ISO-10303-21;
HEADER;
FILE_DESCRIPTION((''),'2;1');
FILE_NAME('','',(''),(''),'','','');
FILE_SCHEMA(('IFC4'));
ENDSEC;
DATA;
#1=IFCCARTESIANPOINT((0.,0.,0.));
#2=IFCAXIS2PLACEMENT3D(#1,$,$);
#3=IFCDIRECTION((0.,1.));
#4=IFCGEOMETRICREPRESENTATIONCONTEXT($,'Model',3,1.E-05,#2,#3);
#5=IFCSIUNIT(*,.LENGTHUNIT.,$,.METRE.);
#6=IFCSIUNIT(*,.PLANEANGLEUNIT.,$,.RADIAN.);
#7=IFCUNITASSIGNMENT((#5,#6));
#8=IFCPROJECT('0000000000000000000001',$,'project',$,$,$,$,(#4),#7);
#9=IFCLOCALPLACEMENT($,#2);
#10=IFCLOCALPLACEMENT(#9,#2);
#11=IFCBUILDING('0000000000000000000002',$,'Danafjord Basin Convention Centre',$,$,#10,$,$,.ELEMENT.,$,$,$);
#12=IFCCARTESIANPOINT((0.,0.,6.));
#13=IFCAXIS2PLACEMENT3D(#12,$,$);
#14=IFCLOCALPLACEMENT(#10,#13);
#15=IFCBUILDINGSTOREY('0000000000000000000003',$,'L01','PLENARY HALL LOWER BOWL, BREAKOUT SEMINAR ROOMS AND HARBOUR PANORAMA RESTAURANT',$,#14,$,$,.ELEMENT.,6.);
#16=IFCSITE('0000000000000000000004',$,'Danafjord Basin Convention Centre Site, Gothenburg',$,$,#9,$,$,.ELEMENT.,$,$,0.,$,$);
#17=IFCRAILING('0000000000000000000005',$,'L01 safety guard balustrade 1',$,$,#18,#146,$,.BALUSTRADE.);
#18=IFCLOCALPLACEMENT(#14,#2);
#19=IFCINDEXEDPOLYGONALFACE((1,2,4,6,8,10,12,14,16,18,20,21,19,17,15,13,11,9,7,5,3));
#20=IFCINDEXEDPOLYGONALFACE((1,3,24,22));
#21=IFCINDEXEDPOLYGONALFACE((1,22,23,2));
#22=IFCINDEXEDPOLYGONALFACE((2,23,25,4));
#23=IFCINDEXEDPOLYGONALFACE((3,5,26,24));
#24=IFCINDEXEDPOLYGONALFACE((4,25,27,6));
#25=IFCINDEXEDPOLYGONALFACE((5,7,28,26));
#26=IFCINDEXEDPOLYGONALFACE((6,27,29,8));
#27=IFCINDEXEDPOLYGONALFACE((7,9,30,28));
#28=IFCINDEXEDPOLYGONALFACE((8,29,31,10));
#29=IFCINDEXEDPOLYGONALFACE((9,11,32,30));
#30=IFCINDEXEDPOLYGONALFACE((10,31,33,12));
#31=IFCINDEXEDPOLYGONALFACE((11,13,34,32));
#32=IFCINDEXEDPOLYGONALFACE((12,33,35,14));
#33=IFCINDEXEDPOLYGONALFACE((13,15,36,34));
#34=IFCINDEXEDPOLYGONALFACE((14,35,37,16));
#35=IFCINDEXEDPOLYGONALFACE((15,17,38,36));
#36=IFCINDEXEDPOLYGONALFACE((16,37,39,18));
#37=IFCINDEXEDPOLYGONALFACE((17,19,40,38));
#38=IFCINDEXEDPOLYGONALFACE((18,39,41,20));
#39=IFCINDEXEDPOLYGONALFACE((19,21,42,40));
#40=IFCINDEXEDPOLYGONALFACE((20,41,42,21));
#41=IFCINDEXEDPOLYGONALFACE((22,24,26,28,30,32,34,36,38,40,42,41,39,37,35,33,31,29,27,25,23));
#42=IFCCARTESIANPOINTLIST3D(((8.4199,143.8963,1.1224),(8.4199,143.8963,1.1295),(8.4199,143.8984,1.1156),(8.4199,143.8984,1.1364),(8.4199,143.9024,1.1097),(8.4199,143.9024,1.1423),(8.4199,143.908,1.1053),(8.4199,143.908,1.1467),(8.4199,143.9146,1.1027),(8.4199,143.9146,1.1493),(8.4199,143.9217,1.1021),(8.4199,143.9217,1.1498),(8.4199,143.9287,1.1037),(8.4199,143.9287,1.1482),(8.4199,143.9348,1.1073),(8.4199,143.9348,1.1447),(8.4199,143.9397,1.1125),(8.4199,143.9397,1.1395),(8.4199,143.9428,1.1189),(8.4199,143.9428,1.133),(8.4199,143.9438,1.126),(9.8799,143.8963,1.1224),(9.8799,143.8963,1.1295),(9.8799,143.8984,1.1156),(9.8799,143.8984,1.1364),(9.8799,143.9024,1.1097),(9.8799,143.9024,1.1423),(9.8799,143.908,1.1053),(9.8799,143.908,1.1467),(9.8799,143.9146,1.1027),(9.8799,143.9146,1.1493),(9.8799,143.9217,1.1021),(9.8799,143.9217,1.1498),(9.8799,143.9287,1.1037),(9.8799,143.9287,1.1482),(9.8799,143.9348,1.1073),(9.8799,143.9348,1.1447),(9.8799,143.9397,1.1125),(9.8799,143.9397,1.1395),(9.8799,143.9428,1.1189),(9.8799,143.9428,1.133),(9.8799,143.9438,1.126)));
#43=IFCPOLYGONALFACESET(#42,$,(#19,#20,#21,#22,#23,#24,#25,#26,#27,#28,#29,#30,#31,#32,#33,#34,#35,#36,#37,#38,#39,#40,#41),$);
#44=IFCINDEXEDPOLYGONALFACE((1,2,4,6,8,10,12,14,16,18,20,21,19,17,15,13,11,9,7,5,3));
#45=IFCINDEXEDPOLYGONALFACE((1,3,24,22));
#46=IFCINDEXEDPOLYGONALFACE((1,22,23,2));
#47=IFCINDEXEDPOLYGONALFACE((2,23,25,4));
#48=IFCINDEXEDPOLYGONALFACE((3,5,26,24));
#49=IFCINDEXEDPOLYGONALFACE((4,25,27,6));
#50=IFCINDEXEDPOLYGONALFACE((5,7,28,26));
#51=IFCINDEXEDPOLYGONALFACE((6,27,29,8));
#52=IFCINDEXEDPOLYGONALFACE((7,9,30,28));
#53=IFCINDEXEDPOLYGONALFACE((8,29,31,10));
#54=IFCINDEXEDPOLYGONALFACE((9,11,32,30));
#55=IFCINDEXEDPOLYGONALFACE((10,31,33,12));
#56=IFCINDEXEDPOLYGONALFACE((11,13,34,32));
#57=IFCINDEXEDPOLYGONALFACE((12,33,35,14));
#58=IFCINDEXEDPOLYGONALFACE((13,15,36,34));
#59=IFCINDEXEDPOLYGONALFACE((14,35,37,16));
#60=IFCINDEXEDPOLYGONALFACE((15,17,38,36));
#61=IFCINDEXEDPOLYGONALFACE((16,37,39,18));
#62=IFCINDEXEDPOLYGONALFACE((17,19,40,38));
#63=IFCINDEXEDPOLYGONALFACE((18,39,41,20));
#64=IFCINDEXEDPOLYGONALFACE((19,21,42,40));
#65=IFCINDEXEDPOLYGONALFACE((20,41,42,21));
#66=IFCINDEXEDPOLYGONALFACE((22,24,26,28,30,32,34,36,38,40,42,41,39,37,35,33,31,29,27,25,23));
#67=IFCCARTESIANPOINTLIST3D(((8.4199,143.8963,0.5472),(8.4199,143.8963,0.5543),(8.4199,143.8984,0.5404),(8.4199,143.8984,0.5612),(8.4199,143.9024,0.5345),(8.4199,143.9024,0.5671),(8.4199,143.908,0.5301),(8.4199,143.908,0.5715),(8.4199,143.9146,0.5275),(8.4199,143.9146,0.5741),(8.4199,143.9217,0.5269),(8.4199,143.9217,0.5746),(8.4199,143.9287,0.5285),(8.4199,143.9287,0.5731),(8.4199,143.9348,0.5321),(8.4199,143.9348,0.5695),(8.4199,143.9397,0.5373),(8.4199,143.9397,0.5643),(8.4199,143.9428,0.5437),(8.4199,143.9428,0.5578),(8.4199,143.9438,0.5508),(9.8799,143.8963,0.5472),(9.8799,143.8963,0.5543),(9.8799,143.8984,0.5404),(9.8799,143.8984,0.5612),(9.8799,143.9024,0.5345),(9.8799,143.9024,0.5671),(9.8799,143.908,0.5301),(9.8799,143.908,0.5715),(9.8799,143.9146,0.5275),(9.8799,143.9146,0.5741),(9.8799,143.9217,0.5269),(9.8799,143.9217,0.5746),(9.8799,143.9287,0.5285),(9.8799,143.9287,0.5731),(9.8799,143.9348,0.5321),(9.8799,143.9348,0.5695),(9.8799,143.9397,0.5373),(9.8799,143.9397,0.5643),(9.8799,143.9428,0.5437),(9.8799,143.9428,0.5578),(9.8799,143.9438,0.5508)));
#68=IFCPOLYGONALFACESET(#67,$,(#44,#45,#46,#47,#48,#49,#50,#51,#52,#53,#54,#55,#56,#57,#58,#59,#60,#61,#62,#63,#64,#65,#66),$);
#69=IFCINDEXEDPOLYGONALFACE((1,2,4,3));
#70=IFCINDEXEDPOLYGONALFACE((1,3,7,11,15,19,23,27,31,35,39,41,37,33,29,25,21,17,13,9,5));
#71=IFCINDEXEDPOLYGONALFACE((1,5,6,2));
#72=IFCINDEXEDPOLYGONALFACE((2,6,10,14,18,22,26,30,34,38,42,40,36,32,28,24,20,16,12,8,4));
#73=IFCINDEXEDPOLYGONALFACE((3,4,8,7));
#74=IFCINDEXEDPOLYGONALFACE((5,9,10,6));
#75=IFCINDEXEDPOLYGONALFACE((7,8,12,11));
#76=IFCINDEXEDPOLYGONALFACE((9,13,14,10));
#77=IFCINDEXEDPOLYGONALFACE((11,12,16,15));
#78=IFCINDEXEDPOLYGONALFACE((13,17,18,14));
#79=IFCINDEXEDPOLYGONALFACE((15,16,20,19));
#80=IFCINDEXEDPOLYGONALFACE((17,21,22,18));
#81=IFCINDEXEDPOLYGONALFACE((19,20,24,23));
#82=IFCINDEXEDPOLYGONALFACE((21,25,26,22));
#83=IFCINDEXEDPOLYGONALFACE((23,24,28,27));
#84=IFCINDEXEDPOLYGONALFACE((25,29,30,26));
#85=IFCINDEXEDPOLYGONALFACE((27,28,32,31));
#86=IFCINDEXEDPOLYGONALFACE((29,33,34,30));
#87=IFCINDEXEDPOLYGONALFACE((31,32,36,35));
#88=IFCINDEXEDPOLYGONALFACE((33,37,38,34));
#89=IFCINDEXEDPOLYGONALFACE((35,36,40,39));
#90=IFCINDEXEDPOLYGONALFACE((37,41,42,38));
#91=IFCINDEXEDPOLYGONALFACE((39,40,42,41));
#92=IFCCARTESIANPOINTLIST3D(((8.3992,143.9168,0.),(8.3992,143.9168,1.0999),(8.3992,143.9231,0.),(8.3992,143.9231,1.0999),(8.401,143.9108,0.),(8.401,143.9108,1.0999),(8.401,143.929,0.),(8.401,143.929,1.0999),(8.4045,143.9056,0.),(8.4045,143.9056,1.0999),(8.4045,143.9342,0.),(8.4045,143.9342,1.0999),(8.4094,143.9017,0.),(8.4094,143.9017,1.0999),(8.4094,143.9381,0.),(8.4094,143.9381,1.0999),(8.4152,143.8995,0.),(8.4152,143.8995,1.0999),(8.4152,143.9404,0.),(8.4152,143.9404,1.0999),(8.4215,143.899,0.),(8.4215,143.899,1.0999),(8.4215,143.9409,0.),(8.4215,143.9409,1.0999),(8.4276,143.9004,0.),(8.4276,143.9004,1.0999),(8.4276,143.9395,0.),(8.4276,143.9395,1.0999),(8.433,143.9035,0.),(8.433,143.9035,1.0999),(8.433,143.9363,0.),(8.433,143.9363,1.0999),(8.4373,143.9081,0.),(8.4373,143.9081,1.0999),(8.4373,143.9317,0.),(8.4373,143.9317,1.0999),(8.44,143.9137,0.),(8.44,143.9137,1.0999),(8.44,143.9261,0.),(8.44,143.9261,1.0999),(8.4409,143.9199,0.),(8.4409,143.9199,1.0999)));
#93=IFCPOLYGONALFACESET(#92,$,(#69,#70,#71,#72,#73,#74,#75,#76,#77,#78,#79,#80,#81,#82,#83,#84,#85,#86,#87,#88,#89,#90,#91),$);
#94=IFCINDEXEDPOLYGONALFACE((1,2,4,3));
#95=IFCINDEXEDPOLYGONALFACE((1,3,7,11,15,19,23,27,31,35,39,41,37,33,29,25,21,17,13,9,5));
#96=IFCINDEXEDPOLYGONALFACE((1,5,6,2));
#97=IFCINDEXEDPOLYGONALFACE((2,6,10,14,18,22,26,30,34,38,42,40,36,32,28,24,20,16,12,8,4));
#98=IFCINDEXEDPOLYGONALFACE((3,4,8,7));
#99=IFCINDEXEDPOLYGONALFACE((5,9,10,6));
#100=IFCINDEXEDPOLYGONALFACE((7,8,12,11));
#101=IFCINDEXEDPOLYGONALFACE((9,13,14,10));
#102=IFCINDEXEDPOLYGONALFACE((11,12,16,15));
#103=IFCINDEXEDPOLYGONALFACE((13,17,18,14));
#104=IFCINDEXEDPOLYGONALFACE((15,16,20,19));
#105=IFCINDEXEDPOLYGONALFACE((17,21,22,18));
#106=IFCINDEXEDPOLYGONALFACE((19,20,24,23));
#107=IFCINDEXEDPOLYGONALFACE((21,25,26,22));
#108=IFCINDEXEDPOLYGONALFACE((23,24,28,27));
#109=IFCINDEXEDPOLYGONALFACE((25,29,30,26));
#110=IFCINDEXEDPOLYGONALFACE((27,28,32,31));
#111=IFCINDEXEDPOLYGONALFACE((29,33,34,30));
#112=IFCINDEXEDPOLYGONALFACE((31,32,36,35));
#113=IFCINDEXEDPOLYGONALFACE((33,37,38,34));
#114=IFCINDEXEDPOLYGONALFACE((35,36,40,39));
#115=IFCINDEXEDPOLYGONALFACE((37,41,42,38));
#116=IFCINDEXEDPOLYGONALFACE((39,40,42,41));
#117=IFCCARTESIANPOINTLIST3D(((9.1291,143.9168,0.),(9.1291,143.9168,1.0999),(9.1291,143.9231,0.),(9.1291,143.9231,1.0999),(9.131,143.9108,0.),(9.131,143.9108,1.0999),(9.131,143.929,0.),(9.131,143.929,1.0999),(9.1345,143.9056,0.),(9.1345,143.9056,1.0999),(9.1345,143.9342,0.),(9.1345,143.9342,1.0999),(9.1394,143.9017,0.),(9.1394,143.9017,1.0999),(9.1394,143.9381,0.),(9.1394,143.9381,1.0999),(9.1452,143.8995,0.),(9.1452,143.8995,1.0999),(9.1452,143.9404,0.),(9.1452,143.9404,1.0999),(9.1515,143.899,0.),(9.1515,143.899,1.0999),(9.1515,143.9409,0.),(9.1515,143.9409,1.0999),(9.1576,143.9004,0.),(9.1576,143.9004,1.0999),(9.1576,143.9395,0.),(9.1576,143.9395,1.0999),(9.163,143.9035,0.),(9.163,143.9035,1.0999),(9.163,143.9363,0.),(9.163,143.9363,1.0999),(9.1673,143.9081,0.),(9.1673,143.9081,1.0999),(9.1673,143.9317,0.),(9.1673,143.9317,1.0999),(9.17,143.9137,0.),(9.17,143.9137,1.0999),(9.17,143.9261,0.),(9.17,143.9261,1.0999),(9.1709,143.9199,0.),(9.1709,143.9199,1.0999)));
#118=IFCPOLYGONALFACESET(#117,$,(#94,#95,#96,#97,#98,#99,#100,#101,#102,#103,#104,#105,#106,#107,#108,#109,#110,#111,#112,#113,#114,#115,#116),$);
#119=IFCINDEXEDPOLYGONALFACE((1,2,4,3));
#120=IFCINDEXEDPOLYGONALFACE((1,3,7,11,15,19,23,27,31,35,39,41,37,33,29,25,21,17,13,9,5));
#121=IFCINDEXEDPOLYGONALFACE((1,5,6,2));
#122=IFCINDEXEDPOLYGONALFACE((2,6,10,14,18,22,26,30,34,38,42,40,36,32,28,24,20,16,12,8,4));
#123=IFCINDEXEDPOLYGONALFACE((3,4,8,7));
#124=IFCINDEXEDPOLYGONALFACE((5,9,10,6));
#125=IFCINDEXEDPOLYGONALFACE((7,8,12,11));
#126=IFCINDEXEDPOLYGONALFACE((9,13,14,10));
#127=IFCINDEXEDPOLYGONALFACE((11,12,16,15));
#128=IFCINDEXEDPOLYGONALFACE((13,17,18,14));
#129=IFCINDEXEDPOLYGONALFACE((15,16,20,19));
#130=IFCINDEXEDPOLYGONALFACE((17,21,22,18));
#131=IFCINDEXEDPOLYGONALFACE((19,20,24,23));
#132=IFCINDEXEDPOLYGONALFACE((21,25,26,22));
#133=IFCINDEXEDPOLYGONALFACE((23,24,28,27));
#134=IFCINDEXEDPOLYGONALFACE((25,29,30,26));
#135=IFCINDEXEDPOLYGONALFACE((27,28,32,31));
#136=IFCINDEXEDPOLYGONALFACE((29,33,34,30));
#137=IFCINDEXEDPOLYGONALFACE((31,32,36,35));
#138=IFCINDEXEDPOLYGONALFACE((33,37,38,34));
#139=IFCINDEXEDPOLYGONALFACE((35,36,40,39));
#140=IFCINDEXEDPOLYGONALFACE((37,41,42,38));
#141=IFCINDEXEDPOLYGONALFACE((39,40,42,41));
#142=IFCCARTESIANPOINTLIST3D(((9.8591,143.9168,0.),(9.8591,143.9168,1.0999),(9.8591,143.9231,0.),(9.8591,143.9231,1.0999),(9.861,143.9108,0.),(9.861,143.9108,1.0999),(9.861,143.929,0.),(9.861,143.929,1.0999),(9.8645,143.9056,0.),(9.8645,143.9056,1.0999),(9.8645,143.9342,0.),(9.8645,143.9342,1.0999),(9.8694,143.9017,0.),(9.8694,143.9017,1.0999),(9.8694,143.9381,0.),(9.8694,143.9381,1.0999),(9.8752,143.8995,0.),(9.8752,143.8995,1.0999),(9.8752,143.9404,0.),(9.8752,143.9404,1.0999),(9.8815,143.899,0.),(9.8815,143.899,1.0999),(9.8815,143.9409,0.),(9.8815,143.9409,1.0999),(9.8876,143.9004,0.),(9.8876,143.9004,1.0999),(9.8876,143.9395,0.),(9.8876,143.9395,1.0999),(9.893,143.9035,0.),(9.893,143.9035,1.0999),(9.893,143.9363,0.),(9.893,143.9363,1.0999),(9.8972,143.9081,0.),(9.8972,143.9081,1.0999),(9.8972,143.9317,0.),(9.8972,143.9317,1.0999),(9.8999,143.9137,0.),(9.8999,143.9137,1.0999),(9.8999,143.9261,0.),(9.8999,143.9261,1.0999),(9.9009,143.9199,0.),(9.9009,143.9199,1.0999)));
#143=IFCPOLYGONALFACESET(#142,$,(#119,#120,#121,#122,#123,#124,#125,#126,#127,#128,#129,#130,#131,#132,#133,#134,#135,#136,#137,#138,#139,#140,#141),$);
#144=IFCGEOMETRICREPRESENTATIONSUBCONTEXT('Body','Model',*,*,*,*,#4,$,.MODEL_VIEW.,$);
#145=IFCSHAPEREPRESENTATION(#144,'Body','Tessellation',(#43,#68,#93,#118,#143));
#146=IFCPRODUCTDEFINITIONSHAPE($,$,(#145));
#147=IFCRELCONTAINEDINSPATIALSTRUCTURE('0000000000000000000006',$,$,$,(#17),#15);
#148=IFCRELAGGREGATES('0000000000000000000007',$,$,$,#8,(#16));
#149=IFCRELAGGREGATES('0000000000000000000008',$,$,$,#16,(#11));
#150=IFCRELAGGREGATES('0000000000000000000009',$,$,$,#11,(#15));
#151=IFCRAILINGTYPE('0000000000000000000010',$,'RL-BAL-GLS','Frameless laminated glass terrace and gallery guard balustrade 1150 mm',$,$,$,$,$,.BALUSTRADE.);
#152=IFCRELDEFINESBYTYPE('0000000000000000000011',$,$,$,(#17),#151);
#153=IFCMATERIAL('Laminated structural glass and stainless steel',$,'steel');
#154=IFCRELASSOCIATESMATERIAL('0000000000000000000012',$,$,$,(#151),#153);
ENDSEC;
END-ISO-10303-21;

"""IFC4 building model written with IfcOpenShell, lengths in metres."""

from ifc_helpers import new_model, si_unit, direction, frame, origin, origin_2d, place, context, subcontext, project, spatial, circle, extrude, material, type_object, element, save


model = new_model("IFC4")

# Units and contexts
model_context = context("Model", 3, precision=1e-05, world=origin(), true_north=direction((0.0, 1.0)))
body_context = subcontext(model_context, "Body", "Model", "MODEL_VIEW")
ifc_project = project(units=[si_unit("LENGTHUNIT", "METRE"), si_unit("PLANEANGLEUNIT", "RADIAN")], contexts=[model_context])

# Site, building, storey
site_placement = place(None, origin())
site = spatial("IfcSite", under=ifc_project, at=site_placement, Name="Danafjord Basin Convention Centre Site, Gothenburg", CompositionType="ELEMENT", RefElevation=0.0)
building_placement = place(site_placement, origin())
building = spatial("IfcBuilding", under=site, at=building_placement, Name="Danafjord Basin Convention Centre", CompositionType="ELEMENT")
storey_placement = place(building_placement, frame((0.0, 0.0, 6.0)))
storey = spatial("IfcBuildingStorey", under=building, at=storey_placement, Name="L01", Description="PLENARY HALL LOWER BOWL, BREAKOUT SEMINAR ROOMS AND HARBOUR PANORAMA RESTAURANT", CompositionType="ELEMENT", Elevation=6.0)

# Railing
ifc_material_1 = material(Name="Laminated structural glass and stainless steel", Category="steel")
railing_type = type_object("IfcRailingType", Name="RL-BAL-GLS", Description="Frameless laminated glass terrace and gallery guard balustrade 1150 mm", PredefinedType="BALUSTRADE", material=ifc_material_1)
for number, where, name in (
    (1, (8.4199, 143.9199, 0.0), "L01 safety guard balustrade 1"),
):
    element("IfcRailing", number, at=place(storey_placement, frame(where)), inside=storey, type_object=railing_type, Name=name, PredefinedType="BALUSTRADE", context=body_context, shape_type="SweptSolid", body=[
        extrude(circle(Radius=0.0239, at=origin_2d()), frame((0.0, 0.0, 1.126), z_axis=(1.0, 0.0, 0.0), x_axis=(0.0, 1.0, 0.0)), (0.0, 0.0, 1.0), 1.46),
        extrude(circle(Radius=0.0239, at=origin_2d()), frame((0.0, 0.0, 0.5508), z_axis=(1.0, 0.0, 0.0), x_axis=(0.0, 1.0, 0.0)), (0.0, 0.0, 1.0), 1.46),
        extrude(circle(Radius=0.021, at=origin_2d()), origin(), (0.0, 0.0, 1.0), 1.0999),
        extrude(circle(Radius=0.021, at=origin_2d()), frame((0.73, 0.0, 0.0)), (0.0, 0.0, 1.0), 1.0999),
        extrude(circle(Radius=0.021, at=origin_2d()), frame((1.46, 0.0, 0.0)), (0.0, 0.0, 1.0), 1.0999),
    ])

save(model, "model.ifc")
